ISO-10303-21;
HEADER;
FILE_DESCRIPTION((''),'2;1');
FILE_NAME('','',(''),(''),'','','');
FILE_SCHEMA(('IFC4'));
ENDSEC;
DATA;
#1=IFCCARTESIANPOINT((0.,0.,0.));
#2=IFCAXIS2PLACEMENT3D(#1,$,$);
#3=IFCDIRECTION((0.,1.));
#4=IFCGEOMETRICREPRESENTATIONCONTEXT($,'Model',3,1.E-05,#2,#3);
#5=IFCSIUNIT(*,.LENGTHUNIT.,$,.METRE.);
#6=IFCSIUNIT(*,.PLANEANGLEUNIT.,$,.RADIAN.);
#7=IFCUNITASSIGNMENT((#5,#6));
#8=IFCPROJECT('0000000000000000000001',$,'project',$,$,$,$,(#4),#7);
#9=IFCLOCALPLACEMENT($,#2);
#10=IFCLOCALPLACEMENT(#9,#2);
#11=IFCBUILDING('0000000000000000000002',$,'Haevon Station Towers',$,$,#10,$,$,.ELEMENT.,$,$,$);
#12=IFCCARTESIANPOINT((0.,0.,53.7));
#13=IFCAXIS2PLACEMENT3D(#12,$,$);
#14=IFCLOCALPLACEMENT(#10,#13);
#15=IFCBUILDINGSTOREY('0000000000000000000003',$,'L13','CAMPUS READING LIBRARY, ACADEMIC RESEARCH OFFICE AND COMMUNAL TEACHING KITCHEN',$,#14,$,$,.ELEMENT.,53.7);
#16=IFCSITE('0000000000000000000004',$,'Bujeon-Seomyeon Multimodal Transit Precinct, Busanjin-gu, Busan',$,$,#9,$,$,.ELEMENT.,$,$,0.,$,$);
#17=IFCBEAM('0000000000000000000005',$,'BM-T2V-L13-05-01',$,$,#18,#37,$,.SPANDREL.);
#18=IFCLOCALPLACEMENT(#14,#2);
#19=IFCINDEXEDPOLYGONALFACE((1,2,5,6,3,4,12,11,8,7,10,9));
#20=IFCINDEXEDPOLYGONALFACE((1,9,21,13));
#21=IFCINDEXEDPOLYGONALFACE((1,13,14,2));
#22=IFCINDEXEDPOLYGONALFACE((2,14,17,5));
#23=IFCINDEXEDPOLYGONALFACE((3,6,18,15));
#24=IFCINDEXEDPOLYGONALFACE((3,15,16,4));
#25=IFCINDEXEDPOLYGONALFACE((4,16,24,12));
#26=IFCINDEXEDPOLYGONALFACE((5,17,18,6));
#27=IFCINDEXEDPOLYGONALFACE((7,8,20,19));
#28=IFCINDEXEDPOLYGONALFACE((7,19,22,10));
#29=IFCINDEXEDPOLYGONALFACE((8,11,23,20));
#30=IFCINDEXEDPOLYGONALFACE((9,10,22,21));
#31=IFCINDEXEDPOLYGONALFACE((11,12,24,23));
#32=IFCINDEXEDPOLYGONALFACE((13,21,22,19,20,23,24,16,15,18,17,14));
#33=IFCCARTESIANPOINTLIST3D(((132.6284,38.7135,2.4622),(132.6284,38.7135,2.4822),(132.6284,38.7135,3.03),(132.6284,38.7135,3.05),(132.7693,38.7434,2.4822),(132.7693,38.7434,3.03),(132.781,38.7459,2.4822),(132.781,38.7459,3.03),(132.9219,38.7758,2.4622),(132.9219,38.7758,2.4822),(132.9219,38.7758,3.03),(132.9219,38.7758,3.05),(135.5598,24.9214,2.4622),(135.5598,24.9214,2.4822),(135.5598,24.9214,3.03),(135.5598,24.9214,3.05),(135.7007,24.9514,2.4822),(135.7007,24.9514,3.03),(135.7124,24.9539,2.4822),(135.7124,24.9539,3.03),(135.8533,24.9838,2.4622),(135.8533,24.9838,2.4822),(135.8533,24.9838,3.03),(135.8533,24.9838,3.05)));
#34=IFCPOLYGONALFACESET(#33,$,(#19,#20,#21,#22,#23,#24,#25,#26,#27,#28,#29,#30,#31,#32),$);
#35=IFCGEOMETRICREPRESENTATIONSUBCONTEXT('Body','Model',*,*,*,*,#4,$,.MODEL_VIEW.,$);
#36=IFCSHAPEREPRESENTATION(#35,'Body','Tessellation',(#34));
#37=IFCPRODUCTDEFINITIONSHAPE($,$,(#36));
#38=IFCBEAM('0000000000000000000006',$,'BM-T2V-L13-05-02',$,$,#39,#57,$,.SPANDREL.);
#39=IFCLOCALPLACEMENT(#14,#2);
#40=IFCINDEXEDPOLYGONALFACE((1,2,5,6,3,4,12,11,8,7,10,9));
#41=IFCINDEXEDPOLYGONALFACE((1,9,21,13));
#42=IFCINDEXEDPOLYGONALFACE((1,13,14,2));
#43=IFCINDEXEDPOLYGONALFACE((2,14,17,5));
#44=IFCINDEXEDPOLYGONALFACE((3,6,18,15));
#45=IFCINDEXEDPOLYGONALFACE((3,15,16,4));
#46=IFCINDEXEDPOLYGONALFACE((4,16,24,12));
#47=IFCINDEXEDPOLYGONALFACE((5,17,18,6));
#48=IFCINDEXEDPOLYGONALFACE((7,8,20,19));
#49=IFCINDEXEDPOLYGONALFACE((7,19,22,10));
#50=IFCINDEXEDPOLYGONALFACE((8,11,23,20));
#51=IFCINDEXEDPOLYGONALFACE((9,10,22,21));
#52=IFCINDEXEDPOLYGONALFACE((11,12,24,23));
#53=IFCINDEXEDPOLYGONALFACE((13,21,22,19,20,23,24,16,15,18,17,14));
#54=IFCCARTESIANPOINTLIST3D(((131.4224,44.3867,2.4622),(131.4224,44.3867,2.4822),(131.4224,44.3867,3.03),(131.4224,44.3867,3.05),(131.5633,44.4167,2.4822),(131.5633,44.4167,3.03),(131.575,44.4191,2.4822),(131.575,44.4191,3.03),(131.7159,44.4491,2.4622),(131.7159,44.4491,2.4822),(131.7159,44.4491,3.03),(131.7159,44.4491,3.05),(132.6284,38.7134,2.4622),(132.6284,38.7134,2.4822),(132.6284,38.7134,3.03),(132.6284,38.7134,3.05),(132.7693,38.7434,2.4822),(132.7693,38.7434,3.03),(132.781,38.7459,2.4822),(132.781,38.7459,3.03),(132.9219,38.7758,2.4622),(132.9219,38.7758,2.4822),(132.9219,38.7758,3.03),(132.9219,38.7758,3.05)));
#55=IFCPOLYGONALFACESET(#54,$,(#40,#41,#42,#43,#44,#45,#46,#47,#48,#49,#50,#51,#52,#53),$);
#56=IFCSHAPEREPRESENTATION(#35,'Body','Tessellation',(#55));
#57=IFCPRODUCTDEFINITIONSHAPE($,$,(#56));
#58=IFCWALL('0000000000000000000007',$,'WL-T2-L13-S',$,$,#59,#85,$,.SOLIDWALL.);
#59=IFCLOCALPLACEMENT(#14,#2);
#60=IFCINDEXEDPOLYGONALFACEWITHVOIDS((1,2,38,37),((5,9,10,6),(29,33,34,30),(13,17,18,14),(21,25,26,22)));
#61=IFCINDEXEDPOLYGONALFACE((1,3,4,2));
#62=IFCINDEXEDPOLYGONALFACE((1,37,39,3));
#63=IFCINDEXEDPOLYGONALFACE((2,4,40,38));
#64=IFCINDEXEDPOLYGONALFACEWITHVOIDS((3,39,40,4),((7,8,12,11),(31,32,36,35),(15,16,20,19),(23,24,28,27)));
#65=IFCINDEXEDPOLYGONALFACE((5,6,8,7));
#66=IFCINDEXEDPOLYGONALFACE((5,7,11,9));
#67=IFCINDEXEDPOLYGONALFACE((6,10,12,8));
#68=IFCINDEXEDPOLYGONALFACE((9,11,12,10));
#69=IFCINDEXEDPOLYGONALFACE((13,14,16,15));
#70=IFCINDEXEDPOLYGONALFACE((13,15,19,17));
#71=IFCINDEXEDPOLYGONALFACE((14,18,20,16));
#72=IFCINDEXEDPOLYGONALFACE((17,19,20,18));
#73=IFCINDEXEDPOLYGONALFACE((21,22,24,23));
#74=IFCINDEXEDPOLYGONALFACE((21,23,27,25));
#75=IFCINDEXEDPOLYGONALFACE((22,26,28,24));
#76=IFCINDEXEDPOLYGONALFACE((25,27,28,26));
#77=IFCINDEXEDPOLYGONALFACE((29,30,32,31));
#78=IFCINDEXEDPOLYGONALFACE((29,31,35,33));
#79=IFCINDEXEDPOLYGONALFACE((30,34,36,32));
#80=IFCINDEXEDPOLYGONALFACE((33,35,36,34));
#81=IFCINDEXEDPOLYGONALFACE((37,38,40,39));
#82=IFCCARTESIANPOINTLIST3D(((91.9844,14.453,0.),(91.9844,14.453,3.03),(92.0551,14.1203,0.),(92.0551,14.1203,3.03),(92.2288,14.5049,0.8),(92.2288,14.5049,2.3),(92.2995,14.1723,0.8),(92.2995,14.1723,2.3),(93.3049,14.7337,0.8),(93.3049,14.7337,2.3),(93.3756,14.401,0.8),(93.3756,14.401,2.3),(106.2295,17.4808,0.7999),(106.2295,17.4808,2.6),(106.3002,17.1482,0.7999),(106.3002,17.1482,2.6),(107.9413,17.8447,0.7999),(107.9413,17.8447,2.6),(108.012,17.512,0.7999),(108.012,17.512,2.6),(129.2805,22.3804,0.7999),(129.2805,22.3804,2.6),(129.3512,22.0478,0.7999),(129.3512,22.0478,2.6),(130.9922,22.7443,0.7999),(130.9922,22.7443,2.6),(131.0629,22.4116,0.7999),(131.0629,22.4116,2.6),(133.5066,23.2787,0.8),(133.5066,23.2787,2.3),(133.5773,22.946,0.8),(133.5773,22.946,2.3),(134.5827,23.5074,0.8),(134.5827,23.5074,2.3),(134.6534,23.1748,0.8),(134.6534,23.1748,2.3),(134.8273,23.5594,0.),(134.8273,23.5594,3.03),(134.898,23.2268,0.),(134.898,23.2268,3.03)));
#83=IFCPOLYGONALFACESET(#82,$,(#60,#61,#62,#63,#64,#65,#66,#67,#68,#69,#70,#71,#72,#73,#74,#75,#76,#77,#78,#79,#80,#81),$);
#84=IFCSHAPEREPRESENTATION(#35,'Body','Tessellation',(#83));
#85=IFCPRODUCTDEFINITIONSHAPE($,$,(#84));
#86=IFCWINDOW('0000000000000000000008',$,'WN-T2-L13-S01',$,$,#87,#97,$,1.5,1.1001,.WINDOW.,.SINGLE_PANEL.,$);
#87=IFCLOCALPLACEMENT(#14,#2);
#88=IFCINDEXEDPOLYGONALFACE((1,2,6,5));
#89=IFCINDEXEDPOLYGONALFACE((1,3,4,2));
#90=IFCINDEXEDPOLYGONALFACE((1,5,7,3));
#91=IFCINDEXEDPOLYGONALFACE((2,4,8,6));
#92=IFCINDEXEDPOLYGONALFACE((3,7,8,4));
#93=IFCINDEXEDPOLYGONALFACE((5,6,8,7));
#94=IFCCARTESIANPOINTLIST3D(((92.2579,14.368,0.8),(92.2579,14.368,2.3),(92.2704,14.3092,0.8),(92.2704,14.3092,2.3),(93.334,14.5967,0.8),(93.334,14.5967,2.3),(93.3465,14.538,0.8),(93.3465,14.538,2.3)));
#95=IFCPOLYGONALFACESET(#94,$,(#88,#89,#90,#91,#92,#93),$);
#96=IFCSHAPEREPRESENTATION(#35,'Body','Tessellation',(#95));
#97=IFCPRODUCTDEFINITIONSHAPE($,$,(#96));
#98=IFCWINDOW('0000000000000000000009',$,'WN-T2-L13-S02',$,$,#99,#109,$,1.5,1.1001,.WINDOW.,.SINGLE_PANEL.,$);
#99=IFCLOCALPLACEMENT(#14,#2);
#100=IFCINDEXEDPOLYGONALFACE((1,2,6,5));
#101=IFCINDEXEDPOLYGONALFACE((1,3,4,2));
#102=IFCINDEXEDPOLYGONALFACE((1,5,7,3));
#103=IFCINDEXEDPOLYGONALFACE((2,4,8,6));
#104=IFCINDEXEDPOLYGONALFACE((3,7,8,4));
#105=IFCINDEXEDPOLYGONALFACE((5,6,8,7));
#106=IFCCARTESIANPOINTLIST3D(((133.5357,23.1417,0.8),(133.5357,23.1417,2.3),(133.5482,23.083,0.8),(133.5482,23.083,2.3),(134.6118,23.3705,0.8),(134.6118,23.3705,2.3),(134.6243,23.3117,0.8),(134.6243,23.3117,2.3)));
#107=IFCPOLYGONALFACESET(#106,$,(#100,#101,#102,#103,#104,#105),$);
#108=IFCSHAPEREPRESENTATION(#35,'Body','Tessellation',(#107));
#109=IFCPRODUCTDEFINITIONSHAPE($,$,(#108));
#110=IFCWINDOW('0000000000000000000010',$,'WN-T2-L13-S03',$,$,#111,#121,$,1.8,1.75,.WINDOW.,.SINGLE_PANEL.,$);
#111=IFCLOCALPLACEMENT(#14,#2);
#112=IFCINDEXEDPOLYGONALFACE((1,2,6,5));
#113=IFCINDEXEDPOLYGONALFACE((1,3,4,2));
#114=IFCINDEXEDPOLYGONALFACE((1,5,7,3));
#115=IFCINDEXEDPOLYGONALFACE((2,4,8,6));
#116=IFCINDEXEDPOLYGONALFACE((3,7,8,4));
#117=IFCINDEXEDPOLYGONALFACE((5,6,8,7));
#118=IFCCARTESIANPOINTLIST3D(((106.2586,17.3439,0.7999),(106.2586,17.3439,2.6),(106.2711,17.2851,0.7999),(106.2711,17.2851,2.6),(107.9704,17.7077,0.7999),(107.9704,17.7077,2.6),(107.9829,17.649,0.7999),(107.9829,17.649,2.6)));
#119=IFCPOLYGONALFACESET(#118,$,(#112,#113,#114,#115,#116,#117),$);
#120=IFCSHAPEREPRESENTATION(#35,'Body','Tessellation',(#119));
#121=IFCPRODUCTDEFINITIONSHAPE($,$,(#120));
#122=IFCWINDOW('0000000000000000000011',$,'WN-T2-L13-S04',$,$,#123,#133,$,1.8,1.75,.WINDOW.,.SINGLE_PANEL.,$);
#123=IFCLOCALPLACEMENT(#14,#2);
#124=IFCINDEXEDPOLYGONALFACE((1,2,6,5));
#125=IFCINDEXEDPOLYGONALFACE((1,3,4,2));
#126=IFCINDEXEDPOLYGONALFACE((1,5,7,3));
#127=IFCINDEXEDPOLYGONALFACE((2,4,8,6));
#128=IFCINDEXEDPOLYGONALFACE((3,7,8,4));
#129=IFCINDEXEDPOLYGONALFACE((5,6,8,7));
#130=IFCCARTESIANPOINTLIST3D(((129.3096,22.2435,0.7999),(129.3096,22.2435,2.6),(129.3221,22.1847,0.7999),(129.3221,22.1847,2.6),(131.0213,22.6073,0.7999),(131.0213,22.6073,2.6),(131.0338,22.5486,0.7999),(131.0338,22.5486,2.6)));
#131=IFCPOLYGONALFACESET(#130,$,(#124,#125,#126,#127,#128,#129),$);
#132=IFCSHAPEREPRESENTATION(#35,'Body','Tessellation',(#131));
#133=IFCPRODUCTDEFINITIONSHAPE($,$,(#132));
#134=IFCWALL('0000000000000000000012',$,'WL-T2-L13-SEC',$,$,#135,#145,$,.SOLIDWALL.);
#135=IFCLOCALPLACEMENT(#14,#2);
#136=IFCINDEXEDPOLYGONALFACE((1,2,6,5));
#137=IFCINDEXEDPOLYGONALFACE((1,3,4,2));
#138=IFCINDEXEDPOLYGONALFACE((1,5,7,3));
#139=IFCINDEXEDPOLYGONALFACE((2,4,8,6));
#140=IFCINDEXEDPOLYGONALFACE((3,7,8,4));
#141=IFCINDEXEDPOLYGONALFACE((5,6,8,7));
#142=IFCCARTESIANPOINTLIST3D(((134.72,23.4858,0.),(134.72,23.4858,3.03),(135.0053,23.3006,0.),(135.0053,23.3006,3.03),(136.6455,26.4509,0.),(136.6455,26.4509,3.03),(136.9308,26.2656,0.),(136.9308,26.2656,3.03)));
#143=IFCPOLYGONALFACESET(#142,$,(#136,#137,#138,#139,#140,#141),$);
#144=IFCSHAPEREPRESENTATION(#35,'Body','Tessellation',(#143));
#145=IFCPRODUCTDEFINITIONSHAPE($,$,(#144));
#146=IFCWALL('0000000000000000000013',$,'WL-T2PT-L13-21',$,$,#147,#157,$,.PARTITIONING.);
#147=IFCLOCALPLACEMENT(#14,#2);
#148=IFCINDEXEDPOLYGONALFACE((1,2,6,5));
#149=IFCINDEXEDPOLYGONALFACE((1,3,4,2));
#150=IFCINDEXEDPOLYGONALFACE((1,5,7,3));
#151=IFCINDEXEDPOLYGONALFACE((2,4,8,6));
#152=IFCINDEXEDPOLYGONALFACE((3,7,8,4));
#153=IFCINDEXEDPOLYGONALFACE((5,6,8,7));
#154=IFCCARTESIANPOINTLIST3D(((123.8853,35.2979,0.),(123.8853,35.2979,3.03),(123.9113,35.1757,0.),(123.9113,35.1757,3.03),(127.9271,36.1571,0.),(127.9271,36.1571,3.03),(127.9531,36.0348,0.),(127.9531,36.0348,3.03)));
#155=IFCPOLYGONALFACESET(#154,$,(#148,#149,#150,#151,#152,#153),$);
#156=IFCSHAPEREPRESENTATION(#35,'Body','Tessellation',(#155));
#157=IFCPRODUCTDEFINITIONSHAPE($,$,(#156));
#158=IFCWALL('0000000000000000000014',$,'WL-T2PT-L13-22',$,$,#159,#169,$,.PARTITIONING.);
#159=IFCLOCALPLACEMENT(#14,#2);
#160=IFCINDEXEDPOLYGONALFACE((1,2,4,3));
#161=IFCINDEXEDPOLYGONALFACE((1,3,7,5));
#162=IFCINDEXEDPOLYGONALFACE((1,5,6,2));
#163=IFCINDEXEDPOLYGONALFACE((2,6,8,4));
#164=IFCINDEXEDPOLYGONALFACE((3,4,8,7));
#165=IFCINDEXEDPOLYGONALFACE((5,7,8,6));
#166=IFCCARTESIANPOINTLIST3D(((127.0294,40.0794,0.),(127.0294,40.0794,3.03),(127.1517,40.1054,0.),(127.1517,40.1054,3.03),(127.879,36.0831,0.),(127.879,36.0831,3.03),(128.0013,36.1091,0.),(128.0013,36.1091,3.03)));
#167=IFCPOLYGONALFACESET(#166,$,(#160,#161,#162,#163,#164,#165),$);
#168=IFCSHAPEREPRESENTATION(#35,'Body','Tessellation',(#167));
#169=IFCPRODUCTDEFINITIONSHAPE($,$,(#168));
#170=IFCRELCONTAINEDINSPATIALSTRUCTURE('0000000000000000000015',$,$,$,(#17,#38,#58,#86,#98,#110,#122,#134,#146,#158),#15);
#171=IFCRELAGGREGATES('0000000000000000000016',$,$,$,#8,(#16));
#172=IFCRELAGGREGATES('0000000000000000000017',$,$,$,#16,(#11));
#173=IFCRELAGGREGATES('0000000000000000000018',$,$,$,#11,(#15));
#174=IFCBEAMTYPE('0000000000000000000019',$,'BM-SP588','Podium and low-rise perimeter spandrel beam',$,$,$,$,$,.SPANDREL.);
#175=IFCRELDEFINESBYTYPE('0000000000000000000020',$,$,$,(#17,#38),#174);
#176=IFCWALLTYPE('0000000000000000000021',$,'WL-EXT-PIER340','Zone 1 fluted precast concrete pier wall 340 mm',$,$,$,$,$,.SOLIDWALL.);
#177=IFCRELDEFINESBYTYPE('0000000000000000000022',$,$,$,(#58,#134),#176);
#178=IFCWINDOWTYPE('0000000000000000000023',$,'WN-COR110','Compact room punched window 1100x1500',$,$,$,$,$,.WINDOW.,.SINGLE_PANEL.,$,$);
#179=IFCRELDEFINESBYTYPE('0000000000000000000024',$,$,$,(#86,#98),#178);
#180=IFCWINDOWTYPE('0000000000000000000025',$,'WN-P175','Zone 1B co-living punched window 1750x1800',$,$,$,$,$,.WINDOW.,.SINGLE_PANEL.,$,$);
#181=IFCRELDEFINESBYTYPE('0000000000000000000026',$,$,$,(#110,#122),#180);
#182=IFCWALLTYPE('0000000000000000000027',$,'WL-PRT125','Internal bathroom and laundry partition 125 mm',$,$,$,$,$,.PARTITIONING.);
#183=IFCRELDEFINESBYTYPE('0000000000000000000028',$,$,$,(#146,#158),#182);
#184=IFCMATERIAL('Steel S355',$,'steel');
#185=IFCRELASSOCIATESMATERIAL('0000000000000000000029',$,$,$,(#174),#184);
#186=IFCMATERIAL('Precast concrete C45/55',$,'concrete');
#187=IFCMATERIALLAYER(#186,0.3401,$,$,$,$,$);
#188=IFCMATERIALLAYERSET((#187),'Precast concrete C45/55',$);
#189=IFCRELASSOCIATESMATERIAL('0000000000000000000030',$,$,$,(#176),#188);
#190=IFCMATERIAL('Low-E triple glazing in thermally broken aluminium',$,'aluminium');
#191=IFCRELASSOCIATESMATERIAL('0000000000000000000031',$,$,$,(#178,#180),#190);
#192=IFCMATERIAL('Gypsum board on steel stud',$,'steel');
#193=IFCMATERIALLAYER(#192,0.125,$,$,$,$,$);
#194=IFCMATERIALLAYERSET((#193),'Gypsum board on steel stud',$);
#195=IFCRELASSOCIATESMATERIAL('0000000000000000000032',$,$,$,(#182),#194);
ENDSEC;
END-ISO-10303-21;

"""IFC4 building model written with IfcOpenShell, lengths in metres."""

from ifc_helpers import new_model, si_unit, direction, frame, frame_2d, origin, origin_2d, place, context, subcontext, project, spatial, rectangle, i_section, extrude, material, layer, layer_set, material_profile, profile_set, type_object, element, fill, save


model = new_model("IFC4")

# Units and contexts
model_context = context("Model", 3, precision=1e-05, world=origin(), true_north=direction((0.0, 1.0)))
body_context = subcontext(model_context, "Body", "Model", "MODEL_VIEW")
ifc_project = project(units=[si_unit("LENGTHUNIT", "METRE"), si_unit("PLANEANGLEUNIT", "RADIAN")], contexts=[model_context])

# Site, building, storey
site_placement = place(None, origin())
site = spatial("IfcSite", under=ifc_project, at=site_placement, Name="Bujeon-Seomyeon Multimodal Transit Precinct, Busanjin-gu, Busan", CompositionType="ELEMENT", RefElevation=0.0)
building_placement = place(site_placement, origin())
building = spatial("IfcBuilding", under=site, at=building_placement, Name="Haevon Station Towers", CompositionType="ELEMENT")
storey_placement = place(building_placement, frame((0.0, 0.0, 53.7)))
storey = spatial("IfcBuildingStorey", under=building, at=storey_placement, Name="L13", Description="CAMPUS READING LIBRARY, ACADEMIC RESEARCH OFFICE AND COMMUNAL TEACHING KITCHEN", CompositionType="ELEMENT", Elevation=53.7)

# Beams
ifc_material_1 = material(Name="Steel S355", Category="steel")
ifc_material_profile_1 = material_profile(ifc_material_1, i_section(OverallWidth=0.3, OverallDepth=0.5879, WebThickness=0.012, FlangeThickness=0.02, at=origin_2d()), Name="H-588x300x12x20")
ifc_profile_set_1 = profile_set([ifc_material_profile_1], Name="Steel S355")
beam_type_1 = type_object("IfcBeamType", Name="BM-SP588", Description="Podium and low-rise perimeter spandrel beam", PredefinedType="SPANDREL", material=ifc_profile_set_1)
beam_1_placement = place(storey_placement, frame((135.7065, 24.9526, 2.7561), z_axis=(-0.207899, 0.97815, 0.0), x_axis=(-0.97815, -0.207899, 0.0)))
element("IfcBeam", 1, at=beam_1_placement, inside=storey, type_object=beam_type_1, Name="BM-T2V-L13-05-01", PredefinedType="SPANDREL", context=body_context, shape_type="SweptSolid", body=[
    extrude(i_section(OverallWidth=0.3, OverallDepth=0.5879, WebThickness=0.012, FlangeThickness=0.02, at=origin_2d()), origin(), (0.0, 0.0, 1.0), 14.1001),
])
beam_2_placement = place(storey_placement, frame((132.7751, 38.7446, 2.7561), z_axis=(-0.207936, 0.978142, 0.0), x_axis=(-0.978142, -0.207936, 0.0)))
element("IfcBeam", 2, at=beam_2_placement, inside=storey, type_object=beam_type_1, Name="BM-T2V-L13-05-02", PredefinedType="SPANDREL", context=body_context, shape_type="SweptSolid", body=[
    extrude(i_section(OverallWidth=0.3, OverallDepth=0.5879, WebThickness=0.012, FlangeThickness=0.02, at=origin_2d()), origin(), (0.0, 0.0, 1.0), 5.8),
])

# Wall, openings, windows
ifc_material_2 = material(Name="Precast concrete C45/55", Category="concrete")
ifc_layer_1 = layer(ifc_material_2, 0.3401)
ifc_layer_set_1 = layer_set([ifc_layer_1], Name="Precast concrete C45/55")
wall_type_1 = type_object("IfcWallType", Name="WL-EXT-PIER340", Description="Zone 1 fluted precast concrete pier wall 340 mm", PredefinedType="SOLIDWALL", material=ifc_layer_set_1)
wall_1_placement = place(storey_placement, frame((134.8625, 23.3931, 0.0), z_axis=(0.0, 0.0, 1.0), x_axis=(-0.978148, -0.207909, 0.0)))
wall_1 = element("IfcWall", 3, at=wall_1_placement, inside=storey, type_object=wall_type_1, Name="WL-T2-L13-S", PredefinedType="SOLIDWALL", context=body_context, shape_type="SweptSolid", body=[
    extrude(rectangle(XDim=43.8, YDim=0.3401, at=frame_2d((21.8999, 0.0))), origin(), (0.0, 0.0, 1.0), 3.03),
])
opening_1_placement = place(wall_1_placement, frame((42.45, 0.0, 0.8)))
opening_1 = element("IfcOpeningElement", 4, at=opening_1_placement, cuts=wall_1, PredefinedType="OPENING", context=body_context, shape_type="SweptSolid", body=[
    extrude(rectangle(XDim=1.1001, YDim=1.5, at=frame_2d((0.55, 0.75))), frame((0.0, 0.1799, 0.0), z_axis=(0.0, -1.0, 0.0), x_axis=(1.0, 0.0, 0.0)), (0.0, 0.0, 1.0), 0.3601),
])
opening_2_placement = place(wall_1_placement, frame((0.25, 0.0, 0.8)))
opening_2 = element("IfcOpeningElement", 5, at=opening_2_placement, cuts=wall_1, PredefinedType="OPENING", context=body_context, shape_type="SweptSolid", body=[
    extrude(rectangle(XDim=1.1001, YDim=1.5, at=frame_2d((0.55, 0.75))), frame((0.0, 0.1799, 0.0), z_axis=(0.0, -1.0, 0.0), x_axis=(1.0, 0.0, 0.0)), (0.0, 0.0, 1.0), 0.3601),
])
opening_3_placement = place(wall_1_placement, frame((27.4866, 0.0, 0.8)))
opening_3 = element("IfcOpeningElement", 6, at=opening_3_placement, cuts=wall_1, PredefinedType="OPENING", context=body_context, shape_type="SweptSolid", body=[
    extrude(rectangle(XDim=1.75, YDim=1.8, at=frame_2d((0.875, 0.8999))), frame((0.0, 0.1799, 0.0), z_axis=(0.0, -1.0, 0.0), x_axis=(1.0, 0.0, 0.0)), (0.0, 0.0, 1.0), 0.3601),
])
opening_4_placement = place(wall_1_placement, frame((3.9207, 0.0, 0.8)))
opening_4 = element("IfcOpeningElement", 7, at=opening_4_placement, cuts=wall_1, PredefinedType="OPENING", context=body_context, shape_type="SweptSolid", body=[
    extrude(rectangle(XDim=1.75, YDim=1.8, at=frame_2d((0.875, 0.8999))), frame((0.0, 0.1799, 0.0), z_axis=(0.0, -1.0, 0.0), x_axis=(1.0, 0.0, 0.0)), (0.0, 0.0, 1.0), 0.3601),
])
ifc_material_3 = material(Name="Low-E triple glazing in thermally broken aluminium", Category="aluminium")
window_type_1 = type_object("IfcWindowType", Name="WN-COR110", Description="Compact room punched window 1100x1500", PartitioningType="SINGLE_PANEL", PredefinedType="WINDOW", material=ifc_material_3)
window_1_placement = place(opening_1_placement, origin())
window_1 = element("IfcWindow", 8, at=window_1_placement, inside=storey, type_object=window_type_1, Name="WN-T2-L13-S01", OverallHeight=1.5, OverallWidth=1.1001, PartitioningType="SINGLE_PANEL", PredefinedType="WINDOW", context=body_context, shape_type="SweptSolid", body=[
    extrude(rectangle(XDim=1.1001, YDim=1.5, at=frame_2d((0.55, 0.75))), frame((0.0, 0.03, 0.0), z_axis=(0.0, -1.0, 0.0), x_axis=(1.0, 0.0, 0.0)), (0.0, 0.0, 1.0), 0.0601),
])
fill(opening_1, window_1)
window_2_placement = place(opening_2_placement, origin())
window_2 = element("IfcWindow", 9, at=window_2_placement, inside=storey, type_object=window_type_1, Name="WN-T2-L13-S02", OverallHeight=1.5, OverallWidth=1.1001, PartitioningType="SINGLE_PANEL", PredefinedType="WINDOW", context=body_context, shape_type="SweptSolid", body=[
    extrude(rectangle(XDim=1.1001, YDim=1.5, at=frame_2d((0.55, 0.75))), frame((0.0, 0.03, 0.0), z_axis=(0.0, -1.0, 0.0), x_axis=(1.0, 0.0, 0.0)), (0.0, 0.0, 1.0), 0.0601),
])
fill(opening_2, window_2)
window_type_2 = type_object("IfcWindowType", Name="WN-P175", Description="Zone 1B co-living punched window 1750x1800", PartitioningType="SINGLE_PANEL", PredefinedType="WINDOW", material=ifc_material_3)
window_3_placement = place(opening_3_placement, origin())
window_3 = element("IfcWindow", 10, at=window_3_placement, inside=storey, type_object=window_type_2, Name="WN-T2-L13-S03", OverallHeight=1.8, OverallWidth=1.75, PartitioningType="SINGLE_PANEL", PredefinedType="WINDOW", context=body_context, shape_type="SweptSolid", body=[
    extrude(rectangle(XDim=1.75, YDim=1.8, at=frame_2d((0.875, 0.8999))), frame((0.0, 0.03, 0.0), z_axis=(0.0, -1.0, 0.0), x_axis=(1.0, 0.0, 0.0)), (0.0, 0.0, 1.0), 0.0601),
])
fill(opening_3, window_3)
window_4_placement = place(opening_4_placement, origin())
window_4 = element("IfcWindow", 11, at=window_4_placement, inside=storey, type_object=window_type_2, Name="WN-T2-L13-S04", OverallHeight=1.8, OverallWidth=1.75, PartitioningType="SINGLE_PANEL", PredefinedType="WINDOW", context=body_context, shape_type="SweptSolid", body=[
    extrude(rectangle(XDim=1.75, YDim=1.8, at=frame_2d((0.875, 0.8999))), frame((0.0, 0.03, 0.0), z_axis=(0.0, -1.0, 0.0), x_axis=(1.0, 0.0, 0.0)), (0.0, 0.0, 1.0), 0.0601),
])
fill(opening_4, window_4)

# Walls
wall_2_placement = place(storey_placement, frame((136.7881, 26.3582, 0.0), z_axis=(0.0, 0.0, 1.0), x_axis=(-0.544636, -0.838672, 0.0)))
element("IfcWall", 12, at=wall_2_placement, inside=storey, type_object=wall_type_1, Name="WL-T2-L13-SEC", PredefinedType="SOLIDWALL", context=body_context, shape_type="SweptSolid", body=[
    extrude(rectangle(XDim=3.5354, YDim=0.3401, at=frame_2d((1.7676, 0.0))), origin(), (0.0, 0.0, 1.0), 3.03),
])
ifc_material_4 = material(Name="Gypsum board on steel stud", Category="steel")
ifc_layer_2 = layer(ifc_material_4, 0.125)
ifc_layer_set_2 = layer_set([ifc_layer_2], Name="Gypsum board on steel stud")
wall_type_2 = type_object("IfcWallType", Name="WL-PRT125", Description="Internal bathroom and laundry partition 125 mm", PredefinedType="PARTITIONING", material=ifc_layer_set_2)
wall_3_placement = place(storey_placement, frame((123.8984, 35.2368, 0.0), z_axis=(0.0, 0.0, 1.0), x_axis=(0.978146, 0.207919, 0.0)))
element("IfcWall", 13, at=wall_3_placement, inside=storey, type_object=wall_type_2, Name="WL-T2PT-L13-21", PredefinedType="PARTITIONING", context=body_context, shape_type="SweptSolid", body=[
    extrude(rectangle(XDim=4.1321, YDim=0.125, at=frame_2d((2.0659, 0.0))), origin(), (0.0, 0.0, 1.0), 3.03),
])
wall_4_placement = place(storey_placement, frame((127.9402, 36.0959, 0.0), z_axis=(0.0, 0.0, 1.0), x_axis=(-0.20795, 0.97814, 0.0)))
element("IfcWall", 14, at=wall_4_placement, inside=storey, type_object=wall_type_2, Name="WL-T2PT-L13-22", PredefinedType="PARTITIONING", context=body_context, shape_type="SweptSolid", body=[
    extrude(rectangle(XDim=4.0857, YDim=0.125, at=frame_2d((2.043, 0.0))), origin(), (0.0, 0.0, 1.0), 3.03),
])

save(model, "model.ifc")
